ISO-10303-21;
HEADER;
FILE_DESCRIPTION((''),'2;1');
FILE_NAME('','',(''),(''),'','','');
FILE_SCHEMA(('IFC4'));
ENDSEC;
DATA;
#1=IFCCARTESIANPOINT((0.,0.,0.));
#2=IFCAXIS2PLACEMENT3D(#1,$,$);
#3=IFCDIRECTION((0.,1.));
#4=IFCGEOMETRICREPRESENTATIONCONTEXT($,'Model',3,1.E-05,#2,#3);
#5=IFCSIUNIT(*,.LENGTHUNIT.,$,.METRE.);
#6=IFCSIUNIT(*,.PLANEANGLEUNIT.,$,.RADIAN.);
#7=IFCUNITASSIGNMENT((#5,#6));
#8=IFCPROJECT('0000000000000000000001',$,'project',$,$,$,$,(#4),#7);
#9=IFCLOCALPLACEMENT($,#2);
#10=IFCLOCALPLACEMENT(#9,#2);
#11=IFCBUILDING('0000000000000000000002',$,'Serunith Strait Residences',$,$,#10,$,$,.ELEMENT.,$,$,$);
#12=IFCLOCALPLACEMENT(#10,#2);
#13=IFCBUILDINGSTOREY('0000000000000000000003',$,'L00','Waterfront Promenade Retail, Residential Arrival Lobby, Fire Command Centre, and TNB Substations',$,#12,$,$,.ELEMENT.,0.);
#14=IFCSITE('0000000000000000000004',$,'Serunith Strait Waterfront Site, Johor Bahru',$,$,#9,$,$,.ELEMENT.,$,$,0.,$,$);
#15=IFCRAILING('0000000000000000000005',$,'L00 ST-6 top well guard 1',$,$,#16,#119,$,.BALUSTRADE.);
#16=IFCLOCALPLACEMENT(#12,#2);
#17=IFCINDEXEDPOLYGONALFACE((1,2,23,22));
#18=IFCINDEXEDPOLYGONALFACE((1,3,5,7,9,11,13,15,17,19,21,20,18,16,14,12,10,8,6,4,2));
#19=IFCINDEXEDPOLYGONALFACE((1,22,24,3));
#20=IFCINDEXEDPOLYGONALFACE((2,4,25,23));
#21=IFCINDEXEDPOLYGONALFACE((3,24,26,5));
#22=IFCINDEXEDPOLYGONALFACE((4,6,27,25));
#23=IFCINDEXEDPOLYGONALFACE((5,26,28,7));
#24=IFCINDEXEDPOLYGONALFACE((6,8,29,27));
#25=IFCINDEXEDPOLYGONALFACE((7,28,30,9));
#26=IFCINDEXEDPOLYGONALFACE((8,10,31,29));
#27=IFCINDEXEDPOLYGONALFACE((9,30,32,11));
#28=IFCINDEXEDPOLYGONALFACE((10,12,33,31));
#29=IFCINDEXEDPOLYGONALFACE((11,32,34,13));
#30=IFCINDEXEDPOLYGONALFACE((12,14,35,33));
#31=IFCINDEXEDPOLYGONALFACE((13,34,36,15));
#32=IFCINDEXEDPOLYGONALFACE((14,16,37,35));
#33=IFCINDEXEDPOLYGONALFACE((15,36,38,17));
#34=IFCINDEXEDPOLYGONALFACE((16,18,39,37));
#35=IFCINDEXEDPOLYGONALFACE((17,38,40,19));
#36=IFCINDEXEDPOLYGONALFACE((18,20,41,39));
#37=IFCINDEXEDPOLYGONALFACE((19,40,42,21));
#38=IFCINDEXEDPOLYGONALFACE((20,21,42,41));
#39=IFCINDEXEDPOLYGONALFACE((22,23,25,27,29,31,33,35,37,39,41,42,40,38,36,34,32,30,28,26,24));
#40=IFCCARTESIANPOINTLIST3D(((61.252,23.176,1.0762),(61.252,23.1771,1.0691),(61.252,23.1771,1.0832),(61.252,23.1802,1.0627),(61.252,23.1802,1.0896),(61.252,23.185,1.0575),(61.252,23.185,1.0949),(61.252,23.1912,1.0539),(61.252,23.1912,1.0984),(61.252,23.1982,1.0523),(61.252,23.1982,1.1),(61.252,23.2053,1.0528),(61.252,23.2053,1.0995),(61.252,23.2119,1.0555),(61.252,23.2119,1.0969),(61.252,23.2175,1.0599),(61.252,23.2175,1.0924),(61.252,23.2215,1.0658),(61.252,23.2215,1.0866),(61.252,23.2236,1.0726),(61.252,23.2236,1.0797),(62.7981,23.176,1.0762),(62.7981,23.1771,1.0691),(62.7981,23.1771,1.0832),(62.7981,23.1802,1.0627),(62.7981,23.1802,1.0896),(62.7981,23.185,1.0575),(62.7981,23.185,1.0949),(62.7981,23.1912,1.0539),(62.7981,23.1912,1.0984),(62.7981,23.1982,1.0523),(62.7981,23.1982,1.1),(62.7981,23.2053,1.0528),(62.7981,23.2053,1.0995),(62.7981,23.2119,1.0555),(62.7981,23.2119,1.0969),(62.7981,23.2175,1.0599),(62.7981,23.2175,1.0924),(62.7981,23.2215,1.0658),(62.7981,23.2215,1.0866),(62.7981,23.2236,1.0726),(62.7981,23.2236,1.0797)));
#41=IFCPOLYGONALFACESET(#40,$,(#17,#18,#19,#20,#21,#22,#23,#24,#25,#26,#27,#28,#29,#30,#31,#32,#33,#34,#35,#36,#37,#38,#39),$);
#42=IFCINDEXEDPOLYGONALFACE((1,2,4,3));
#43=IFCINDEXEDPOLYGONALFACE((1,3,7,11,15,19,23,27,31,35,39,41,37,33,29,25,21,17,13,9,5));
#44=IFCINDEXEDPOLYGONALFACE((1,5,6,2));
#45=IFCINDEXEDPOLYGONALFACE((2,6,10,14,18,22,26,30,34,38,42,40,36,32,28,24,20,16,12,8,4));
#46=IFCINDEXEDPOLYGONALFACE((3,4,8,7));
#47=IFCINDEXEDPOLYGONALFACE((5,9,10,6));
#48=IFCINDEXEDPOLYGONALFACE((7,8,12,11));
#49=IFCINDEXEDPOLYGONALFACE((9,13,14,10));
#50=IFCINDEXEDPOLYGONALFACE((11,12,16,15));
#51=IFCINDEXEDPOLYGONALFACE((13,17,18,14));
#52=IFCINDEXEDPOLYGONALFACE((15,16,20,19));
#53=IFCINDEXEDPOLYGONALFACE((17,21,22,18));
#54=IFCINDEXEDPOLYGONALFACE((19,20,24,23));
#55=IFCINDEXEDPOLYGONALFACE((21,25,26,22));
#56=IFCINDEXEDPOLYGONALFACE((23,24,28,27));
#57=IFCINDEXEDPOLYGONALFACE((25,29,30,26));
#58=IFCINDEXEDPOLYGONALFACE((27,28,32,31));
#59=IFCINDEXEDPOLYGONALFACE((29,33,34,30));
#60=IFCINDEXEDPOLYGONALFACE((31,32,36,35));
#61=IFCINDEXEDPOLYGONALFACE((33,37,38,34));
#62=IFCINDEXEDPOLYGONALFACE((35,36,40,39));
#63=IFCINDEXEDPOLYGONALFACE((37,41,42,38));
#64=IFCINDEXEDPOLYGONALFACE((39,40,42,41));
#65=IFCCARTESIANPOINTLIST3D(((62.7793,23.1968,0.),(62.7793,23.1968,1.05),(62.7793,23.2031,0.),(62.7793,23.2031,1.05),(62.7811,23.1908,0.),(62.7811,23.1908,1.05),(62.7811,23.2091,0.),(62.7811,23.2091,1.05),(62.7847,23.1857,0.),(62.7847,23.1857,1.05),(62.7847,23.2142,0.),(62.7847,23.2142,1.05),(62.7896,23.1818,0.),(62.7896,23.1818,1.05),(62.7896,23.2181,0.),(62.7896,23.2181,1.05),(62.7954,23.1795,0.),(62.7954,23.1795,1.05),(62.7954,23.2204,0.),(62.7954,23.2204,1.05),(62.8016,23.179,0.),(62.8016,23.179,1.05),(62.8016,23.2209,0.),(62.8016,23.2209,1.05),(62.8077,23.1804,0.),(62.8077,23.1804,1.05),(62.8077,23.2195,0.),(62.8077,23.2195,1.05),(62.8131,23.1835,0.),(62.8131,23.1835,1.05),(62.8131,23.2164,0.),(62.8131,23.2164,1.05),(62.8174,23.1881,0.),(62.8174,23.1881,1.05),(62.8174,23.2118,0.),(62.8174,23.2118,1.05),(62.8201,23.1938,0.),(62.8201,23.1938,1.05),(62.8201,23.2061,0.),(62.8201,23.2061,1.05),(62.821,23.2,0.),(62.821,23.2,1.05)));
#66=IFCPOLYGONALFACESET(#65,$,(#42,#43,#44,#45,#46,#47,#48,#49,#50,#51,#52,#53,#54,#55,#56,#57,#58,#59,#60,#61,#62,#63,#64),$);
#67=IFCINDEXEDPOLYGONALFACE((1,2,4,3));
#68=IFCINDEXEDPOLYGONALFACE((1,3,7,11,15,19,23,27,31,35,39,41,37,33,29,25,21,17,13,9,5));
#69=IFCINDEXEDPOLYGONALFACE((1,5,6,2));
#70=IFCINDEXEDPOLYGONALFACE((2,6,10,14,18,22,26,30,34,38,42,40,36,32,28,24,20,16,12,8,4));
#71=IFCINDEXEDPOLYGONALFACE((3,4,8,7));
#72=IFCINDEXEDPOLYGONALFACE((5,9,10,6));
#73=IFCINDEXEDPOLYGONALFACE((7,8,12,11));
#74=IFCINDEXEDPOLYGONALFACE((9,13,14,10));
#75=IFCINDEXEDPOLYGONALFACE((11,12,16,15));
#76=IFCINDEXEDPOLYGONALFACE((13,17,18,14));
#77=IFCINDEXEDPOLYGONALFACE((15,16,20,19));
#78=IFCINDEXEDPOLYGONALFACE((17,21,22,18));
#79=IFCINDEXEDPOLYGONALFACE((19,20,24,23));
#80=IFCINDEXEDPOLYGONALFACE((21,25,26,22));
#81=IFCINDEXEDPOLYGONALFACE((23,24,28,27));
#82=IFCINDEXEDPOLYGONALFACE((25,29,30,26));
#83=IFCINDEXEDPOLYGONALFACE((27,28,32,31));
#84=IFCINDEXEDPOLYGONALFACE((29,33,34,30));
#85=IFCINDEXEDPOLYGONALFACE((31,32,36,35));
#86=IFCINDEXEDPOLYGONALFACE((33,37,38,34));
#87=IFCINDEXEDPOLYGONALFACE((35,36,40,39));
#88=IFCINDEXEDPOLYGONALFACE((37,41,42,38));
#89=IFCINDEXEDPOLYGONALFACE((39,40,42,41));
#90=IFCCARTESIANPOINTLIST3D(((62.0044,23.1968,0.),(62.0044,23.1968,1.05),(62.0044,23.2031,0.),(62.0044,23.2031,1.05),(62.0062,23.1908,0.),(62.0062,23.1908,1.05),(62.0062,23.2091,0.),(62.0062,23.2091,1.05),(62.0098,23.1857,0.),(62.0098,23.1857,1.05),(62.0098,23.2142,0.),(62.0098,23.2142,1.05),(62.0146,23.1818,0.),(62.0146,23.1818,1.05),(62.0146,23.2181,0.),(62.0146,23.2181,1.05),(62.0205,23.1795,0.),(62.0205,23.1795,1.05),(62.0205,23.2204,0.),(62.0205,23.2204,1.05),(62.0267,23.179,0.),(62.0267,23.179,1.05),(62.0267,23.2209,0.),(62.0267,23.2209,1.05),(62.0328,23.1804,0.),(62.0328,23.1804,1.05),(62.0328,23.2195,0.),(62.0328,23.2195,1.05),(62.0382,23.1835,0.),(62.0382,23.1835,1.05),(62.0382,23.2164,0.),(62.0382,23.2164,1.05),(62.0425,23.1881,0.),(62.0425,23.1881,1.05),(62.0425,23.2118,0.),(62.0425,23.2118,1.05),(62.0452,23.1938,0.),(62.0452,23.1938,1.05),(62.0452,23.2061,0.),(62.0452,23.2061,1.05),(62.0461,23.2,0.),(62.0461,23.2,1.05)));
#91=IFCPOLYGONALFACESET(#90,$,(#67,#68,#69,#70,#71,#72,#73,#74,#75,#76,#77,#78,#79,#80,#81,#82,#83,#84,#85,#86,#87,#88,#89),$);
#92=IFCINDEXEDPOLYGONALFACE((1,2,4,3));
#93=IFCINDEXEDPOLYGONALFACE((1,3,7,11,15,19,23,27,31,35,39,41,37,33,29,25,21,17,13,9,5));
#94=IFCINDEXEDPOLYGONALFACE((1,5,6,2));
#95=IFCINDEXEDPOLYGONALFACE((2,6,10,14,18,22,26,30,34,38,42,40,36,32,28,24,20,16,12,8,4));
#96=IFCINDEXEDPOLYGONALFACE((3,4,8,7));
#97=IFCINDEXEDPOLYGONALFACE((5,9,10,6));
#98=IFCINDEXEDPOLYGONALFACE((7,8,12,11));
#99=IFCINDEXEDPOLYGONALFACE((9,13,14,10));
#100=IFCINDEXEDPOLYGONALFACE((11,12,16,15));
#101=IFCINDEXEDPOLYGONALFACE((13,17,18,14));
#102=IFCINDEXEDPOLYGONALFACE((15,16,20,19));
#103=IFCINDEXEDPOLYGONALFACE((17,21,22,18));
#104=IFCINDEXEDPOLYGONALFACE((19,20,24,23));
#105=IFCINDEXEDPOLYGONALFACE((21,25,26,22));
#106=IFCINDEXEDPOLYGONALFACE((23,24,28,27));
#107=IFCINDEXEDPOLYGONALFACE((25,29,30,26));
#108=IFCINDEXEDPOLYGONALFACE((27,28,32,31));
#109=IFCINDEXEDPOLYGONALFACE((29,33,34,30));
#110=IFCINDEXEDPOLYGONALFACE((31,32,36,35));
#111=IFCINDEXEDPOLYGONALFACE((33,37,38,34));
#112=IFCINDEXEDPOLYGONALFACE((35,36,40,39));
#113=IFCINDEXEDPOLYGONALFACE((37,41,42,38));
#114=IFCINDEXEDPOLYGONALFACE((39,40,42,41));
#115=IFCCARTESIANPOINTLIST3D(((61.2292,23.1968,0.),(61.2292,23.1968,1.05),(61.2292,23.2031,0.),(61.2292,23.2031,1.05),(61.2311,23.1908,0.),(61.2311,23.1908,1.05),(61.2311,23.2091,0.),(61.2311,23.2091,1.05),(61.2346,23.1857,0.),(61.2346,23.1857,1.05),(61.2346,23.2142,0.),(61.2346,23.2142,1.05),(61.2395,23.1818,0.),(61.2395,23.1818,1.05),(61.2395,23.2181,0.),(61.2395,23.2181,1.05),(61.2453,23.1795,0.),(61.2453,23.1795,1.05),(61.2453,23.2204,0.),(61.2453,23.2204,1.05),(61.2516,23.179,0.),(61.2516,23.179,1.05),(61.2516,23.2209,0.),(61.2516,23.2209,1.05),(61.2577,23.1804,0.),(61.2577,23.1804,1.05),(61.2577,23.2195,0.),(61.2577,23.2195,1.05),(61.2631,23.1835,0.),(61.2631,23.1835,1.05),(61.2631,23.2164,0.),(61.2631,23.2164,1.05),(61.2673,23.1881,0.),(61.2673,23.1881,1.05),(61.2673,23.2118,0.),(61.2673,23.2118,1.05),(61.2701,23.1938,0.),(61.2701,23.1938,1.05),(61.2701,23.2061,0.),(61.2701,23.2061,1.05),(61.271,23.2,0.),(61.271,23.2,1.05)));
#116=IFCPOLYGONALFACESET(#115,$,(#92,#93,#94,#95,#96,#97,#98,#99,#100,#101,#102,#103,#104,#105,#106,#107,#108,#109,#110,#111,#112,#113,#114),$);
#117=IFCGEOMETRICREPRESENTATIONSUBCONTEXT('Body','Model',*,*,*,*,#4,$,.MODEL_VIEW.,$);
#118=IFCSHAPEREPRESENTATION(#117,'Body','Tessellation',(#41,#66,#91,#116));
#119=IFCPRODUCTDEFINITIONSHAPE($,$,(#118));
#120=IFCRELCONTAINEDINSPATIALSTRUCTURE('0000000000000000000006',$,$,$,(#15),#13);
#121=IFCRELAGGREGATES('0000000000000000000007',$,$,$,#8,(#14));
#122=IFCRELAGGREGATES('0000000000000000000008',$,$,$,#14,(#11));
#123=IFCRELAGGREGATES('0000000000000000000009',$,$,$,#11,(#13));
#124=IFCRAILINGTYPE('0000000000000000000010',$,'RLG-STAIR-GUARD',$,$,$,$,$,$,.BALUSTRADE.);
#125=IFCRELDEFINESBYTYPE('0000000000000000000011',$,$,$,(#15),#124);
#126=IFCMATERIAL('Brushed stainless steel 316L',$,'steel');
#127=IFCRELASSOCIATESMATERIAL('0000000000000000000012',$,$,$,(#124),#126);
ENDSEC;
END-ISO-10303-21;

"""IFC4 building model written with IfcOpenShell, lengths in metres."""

from ifc_helpers import new_model, si_unit, direction, frame, origin, origin_2d, place, context, subcontext, project, spatial, circle, extrude, material, type_object, element, save


model = new_model("IFC4")

# Units and contexts
model_context = context("Model", 3, precision=1e-05, world=origin(), true_north=direction((0.0, 1.0)))
body_context = subcontext(model_context, "Body", "Model", "MODEL_VIEW")
ifc_project = project(units=[si_unit("LENGTHUNIT", "METRE"), si_unit("PLANEANGLEUNIT", "RADIAN")], contexts=[model_context])

# Site, building, storey
site_placement = place(None, origin())
site = spatial("IfcSite", under=ifc_project, at=site_placement, Name="Serunith Strait Waterfront Site, Johor Bahru", CompositionType="ELEMENT", RefElevation=0.0)
building_placement = place(site_placement, origin())
building = spatial("IfcBuilding", under=site, at=building_placement, Name="Serunith Strait Residences", CompositionType="ELEMENT")
storey_placement = place(building_placement, origin())
storey = spatial("IfcBuildingStorey", under=building, at=storey_placement, Name="L00", Description="Waterfront Promenade Retail, Residential Arrival Lobby, Fire Command Centre, and TNB Substations", CompositionType="ELEMENT", Elevation=0.0)

# Railing
ifc_material_1 = material(Name="Brushed stainless steel 316L", Category="steel")
railing_type_1 = type_object("IfcRailingType", Name="RLG-STAIR-GUARD", PredefinedType="BALUSTRADE", material=ifc_material_1)
railing_1_placement = place(storey_placement, frame((62.8, 23.2, 0.0)))
element("IfcRailing", 1, at=railing_1_placement, inside=storey, type_object=railing_type_1, Name="L00 ST-6 top well guard 1", PredefinedType="BALUSTRADE", context=body_context, shape_type="SweptSolid", body=[
    extrude(circle(Radius=0.0239, at=origin_2d()), frame((-0.002, 0.0, 1.0762), z_axis=(-1.0, 0.0, 0.0), x_axis=(0.0, -1.0, 0.0)), (0.0, 0.0, 1.0), 1.5461),
    extrude(circle(Radius=0.021, at=origin_2d()), origin(), (0.0, 0.0, 1.0), 1.05),
    extrude(circle(Radius=0.021, at=origin_2d()), frame((-0.7749, 0.0, 0.0)), (0.0, 0.0, 1.0), 1.05),
    extrude(circle(Radius=0.021, at=origin_2d()), frame((-1.55, 0.0, 0.0)), (0.0, 0.0, 1.0), 1.05),
])

save(model, "model.ifc")
